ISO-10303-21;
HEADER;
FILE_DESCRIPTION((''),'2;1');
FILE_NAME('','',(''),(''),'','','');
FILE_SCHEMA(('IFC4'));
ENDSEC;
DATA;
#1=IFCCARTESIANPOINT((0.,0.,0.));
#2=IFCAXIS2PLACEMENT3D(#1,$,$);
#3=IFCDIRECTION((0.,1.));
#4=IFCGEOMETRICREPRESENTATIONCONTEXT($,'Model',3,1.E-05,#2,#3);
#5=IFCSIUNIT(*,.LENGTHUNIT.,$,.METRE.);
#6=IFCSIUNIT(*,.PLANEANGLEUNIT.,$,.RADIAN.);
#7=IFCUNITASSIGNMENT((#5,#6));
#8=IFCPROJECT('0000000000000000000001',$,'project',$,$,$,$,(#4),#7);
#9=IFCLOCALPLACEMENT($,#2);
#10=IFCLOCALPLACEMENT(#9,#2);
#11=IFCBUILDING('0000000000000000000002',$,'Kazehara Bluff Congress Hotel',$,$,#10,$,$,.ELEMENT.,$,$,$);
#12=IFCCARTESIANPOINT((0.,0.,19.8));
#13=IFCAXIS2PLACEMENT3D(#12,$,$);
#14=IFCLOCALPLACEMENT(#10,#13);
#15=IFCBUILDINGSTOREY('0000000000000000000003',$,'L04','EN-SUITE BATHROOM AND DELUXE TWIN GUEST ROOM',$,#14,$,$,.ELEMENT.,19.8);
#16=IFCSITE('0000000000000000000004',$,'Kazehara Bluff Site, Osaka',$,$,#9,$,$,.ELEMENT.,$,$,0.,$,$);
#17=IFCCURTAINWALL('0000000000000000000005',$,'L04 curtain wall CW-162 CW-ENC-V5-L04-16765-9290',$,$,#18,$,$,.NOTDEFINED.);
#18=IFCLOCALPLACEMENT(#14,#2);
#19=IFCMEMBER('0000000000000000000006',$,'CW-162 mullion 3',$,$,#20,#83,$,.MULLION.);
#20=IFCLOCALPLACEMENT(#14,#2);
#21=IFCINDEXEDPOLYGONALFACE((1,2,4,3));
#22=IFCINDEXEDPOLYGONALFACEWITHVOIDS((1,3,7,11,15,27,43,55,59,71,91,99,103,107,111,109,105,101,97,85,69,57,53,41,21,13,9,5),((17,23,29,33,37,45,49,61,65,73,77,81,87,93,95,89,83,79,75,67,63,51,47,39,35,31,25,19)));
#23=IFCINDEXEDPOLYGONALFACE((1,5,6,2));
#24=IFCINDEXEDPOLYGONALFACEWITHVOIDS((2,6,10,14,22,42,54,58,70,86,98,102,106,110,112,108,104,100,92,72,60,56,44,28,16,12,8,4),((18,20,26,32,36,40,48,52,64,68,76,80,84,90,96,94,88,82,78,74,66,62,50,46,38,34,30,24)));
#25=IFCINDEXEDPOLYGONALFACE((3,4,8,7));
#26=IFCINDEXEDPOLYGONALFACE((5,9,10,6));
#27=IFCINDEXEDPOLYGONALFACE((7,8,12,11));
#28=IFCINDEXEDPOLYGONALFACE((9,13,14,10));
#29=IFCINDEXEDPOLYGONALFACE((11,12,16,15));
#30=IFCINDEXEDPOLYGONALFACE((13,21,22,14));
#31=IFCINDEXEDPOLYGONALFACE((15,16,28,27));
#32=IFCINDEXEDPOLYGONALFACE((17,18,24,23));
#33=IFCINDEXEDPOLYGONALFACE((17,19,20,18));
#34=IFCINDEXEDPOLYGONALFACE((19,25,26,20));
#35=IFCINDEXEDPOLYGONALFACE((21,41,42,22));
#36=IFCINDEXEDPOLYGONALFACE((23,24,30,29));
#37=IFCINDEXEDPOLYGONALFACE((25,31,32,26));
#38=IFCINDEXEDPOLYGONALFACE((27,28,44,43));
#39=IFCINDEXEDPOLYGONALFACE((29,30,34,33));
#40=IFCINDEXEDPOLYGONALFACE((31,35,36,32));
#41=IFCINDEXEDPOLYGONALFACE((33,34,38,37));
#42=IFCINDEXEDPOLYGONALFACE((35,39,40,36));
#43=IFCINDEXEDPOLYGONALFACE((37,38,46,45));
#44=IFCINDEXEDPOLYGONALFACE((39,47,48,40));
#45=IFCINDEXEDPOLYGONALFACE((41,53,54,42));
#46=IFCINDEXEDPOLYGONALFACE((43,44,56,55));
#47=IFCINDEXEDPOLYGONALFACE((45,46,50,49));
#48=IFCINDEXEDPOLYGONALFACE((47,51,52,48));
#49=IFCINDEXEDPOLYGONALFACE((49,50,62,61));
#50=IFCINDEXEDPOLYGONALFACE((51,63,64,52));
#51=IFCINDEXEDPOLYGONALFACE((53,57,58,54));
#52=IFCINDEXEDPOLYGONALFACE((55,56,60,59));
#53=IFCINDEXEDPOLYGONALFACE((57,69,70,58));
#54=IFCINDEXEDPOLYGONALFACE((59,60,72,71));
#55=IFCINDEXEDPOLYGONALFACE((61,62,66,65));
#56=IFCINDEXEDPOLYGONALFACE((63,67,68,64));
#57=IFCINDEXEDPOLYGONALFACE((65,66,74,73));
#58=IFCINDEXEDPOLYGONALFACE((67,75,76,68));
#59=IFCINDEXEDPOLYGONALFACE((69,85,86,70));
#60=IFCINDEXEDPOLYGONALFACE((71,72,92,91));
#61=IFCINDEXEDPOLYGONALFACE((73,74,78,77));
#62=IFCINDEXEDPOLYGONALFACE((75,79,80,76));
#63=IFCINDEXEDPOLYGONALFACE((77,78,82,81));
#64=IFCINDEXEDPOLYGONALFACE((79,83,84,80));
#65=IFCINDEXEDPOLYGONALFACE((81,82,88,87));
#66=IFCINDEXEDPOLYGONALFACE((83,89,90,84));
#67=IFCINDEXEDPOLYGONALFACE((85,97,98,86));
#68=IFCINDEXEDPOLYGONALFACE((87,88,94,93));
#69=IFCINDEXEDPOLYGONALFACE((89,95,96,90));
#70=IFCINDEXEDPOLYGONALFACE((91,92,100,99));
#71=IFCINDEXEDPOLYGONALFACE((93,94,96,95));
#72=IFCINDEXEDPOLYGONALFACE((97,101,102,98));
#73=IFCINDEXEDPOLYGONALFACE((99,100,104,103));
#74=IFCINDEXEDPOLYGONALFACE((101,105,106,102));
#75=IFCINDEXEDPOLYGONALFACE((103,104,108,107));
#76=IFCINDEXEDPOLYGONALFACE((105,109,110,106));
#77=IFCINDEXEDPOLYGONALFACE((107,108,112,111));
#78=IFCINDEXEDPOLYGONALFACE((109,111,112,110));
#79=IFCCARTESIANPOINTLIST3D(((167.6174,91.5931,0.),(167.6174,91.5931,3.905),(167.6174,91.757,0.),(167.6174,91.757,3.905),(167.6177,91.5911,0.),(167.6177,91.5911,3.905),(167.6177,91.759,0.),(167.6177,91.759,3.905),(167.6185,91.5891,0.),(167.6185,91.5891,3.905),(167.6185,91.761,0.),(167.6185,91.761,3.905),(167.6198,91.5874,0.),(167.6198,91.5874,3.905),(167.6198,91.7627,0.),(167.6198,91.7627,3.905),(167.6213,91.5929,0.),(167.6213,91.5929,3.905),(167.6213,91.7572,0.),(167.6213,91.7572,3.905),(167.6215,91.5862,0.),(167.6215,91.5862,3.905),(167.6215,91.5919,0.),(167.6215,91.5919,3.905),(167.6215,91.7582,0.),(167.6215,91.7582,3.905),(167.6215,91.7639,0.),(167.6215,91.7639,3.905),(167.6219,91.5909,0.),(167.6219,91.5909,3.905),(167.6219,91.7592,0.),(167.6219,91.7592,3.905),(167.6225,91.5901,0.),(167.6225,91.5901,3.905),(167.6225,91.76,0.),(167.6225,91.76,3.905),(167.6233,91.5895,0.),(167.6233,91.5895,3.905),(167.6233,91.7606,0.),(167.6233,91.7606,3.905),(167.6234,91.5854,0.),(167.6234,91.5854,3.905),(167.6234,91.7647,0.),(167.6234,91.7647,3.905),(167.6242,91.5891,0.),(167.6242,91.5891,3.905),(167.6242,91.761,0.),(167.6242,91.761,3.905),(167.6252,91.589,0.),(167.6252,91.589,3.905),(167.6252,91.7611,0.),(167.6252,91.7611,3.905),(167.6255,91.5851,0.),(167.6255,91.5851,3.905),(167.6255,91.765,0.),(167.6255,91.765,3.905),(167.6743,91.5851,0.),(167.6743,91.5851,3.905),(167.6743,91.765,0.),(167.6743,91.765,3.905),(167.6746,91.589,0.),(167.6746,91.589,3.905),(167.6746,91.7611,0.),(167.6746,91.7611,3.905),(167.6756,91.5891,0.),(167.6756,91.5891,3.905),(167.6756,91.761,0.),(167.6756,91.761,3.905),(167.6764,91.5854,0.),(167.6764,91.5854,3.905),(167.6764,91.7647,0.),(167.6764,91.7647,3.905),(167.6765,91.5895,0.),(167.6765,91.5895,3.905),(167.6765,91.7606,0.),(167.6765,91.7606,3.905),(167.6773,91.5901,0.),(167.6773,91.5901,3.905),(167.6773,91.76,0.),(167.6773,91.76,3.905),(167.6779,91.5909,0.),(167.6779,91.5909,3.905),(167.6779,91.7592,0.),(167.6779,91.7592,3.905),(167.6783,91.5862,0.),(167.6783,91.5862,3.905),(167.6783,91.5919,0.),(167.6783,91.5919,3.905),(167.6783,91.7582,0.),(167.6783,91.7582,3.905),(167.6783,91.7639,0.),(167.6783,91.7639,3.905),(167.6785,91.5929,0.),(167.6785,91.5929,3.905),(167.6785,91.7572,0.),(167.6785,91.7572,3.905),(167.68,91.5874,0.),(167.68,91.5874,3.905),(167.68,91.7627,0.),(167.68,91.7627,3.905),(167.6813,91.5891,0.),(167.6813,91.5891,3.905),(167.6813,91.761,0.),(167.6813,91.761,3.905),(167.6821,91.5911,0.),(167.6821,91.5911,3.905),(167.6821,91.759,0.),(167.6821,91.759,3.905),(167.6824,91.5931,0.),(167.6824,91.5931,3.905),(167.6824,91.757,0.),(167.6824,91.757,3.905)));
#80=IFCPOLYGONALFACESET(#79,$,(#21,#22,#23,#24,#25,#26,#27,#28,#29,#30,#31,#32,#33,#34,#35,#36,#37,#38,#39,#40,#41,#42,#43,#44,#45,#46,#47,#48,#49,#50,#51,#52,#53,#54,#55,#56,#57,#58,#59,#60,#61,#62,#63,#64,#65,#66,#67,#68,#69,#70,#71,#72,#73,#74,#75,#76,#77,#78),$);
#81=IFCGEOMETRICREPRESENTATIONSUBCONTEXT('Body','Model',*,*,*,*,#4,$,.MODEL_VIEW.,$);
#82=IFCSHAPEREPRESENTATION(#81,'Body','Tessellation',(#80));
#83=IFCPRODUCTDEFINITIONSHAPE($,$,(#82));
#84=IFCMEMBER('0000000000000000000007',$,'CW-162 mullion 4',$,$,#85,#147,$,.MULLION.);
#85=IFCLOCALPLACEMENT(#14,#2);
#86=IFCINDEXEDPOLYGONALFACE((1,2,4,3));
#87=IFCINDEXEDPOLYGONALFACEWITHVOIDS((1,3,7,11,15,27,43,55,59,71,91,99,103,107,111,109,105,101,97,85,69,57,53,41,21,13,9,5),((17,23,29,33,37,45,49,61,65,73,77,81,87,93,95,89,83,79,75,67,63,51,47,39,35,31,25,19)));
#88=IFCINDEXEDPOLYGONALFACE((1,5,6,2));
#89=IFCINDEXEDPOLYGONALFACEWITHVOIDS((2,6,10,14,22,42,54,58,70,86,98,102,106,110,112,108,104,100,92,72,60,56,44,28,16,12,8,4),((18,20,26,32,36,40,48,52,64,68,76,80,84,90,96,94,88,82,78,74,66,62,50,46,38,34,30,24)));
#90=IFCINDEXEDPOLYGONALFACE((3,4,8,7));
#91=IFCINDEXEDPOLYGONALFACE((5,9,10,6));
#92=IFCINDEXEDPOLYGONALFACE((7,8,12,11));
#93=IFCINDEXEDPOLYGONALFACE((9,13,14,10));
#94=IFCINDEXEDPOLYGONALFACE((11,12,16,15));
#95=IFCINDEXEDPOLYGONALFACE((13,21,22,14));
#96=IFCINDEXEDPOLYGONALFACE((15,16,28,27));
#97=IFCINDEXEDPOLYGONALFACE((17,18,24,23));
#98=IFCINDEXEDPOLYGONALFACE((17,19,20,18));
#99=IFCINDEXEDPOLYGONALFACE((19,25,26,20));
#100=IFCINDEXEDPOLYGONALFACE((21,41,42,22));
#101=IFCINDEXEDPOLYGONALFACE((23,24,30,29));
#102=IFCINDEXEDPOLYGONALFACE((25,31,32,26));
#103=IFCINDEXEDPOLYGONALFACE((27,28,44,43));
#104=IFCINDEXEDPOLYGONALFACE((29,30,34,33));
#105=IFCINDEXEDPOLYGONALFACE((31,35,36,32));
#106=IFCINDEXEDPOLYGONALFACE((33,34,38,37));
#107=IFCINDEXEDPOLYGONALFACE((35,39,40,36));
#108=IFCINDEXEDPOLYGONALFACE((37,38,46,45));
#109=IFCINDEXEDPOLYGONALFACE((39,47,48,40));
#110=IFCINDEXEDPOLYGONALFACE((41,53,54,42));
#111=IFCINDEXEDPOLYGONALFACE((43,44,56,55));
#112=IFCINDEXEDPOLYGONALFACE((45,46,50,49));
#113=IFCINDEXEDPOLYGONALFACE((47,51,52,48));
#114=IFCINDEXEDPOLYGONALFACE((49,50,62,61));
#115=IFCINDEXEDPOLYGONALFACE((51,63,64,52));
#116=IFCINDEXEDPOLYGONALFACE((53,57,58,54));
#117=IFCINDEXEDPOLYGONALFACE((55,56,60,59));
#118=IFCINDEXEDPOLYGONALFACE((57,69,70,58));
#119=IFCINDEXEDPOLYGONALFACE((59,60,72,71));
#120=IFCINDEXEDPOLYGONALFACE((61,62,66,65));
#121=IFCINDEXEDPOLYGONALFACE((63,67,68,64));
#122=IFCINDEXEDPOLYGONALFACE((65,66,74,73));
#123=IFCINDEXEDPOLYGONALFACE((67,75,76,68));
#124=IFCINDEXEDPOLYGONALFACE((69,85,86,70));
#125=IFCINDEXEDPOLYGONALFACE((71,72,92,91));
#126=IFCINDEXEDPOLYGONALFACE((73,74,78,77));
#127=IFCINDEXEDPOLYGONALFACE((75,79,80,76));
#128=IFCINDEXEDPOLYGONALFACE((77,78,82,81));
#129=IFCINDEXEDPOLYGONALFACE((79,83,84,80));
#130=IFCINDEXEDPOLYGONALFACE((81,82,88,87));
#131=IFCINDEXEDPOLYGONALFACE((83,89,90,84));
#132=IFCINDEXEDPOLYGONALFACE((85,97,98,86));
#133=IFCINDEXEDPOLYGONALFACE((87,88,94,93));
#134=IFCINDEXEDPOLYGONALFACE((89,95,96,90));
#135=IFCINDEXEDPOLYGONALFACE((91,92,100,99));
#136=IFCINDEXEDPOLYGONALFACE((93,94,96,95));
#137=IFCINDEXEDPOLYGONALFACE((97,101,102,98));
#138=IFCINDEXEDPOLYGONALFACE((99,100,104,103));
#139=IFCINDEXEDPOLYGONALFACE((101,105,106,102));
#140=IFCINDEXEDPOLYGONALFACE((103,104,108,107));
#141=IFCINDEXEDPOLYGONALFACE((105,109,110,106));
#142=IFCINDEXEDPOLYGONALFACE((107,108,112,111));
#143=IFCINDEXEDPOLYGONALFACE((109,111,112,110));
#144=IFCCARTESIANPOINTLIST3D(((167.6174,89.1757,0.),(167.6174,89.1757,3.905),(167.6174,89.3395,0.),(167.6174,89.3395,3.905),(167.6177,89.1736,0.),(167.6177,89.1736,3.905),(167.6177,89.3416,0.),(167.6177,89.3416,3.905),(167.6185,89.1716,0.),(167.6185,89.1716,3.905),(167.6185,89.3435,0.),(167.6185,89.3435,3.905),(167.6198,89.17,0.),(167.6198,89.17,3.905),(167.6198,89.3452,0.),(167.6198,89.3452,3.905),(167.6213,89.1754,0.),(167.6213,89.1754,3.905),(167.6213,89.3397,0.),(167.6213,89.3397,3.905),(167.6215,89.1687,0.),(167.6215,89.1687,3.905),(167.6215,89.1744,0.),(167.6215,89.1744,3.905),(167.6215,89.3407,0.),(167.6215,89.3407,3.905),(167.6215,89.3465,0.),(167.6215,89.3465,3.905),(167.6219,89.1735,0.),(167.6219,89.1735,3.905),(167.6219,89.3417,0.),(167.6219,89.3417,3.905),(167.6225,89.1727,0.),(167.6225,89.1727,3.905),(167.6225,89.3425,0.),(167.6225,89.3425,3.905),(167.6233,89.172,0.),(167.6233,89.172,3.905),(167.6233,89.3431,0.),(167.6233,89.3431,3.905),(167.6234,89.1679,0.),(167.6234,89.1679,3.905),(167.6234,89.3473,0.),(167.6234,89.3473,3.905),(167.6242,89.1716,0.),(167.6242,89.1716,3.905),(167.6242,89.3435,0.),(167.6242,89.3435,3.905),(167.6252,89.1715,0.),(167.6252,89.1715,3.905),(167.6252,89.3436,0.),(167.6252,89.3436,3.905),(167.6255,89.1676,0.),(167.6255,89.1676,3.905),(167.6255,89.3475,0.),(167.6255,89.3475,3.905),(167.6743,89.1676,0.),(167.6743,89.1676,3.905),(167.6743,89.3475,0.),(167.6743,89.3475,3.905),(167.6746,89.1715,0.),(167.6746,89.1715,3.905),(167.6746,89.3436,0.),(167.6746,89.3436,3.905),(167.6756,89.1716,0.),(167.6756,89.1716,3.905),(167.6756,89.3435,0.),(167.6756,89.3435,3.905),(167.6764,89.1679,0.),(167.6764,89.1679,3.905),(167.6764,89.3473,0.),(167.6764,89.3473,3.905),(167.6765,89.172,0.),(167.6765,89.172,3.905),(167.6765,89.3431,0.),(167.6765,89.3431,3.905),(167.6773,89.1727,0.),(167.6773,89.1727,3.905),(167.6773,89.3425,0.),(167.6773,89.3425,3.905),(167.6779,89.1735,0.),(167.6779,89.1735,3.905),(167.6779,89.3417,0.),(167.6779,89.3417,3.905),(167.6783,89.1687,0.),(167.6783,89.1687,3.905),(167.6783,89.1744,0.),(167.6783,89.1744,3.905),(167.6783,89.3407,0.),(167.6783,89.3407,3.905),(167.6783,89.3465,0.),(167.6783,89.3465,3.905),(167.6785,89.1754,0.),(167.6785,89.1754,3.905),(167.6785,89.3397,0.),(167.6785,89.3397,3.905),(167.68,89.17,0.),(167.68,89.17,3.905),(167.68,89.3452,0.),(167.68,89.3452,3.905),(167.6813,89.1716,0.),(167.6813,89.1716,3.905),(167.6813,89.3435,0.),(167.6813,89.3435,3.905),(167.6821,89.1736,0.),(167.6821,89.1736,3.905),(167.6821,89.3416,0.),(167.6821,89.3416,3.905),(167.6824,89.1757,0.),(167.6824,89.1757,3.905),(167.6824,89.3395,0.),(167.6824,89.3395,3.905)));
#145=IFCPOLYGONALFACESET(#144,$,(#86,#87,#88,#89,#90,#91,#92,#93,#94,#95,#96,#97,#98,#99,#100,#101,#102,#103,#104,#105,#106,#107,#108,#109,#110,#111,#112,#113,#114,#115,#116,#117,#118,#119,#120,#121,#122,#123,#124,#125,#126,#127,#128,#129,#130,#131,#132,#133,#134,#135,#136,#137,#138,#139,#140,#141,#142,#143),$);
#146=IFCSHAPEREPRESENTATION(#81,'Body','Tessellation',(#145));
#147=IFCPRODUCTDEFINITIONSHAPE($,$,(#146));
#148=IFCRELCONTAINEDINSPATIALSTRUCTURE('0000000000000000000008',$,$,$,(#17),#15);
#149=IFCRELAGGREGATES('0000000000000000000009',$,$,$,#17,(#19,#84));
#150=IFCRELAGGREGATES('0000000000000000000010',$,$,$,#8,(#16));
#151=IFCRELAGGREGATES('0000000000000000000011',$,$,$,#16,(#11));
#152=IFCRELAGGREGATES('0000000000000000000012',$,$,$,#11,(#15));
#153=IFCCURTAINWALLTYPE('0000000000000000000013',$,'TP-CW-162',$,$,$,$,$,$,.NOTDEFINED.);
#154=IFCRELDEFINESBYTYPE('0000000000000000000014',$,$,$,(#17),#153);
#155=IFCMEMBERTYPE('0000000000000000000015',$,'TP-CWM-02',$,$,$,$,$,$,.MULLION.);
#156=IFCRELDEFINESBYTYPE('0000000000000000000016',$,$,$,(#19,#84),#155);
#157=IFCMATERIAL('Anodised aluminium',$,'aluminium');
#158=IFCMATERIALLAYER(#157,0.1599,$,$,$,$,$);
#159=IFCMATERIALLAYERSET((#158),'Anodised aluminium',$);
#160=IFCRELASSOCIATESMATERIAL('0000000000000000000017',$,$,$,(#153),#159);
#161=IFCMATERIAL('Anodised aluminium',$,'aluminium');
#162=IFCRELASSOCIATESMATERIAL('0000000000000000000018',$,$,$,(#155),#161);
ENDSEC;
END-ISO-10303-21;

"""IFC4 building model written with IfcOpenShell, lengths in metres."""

from ifc_helpers import new_model, si_unit, direction, frame, origin, origin_2d, place, context, subcontext, project, spatial, hollow_rectangle, extrude, material, layer, layer_set, material_profile, profile_set, type_object, element, aggregate, save


model = new_model("IFC4")

# Units and contexts
model_context = context("Model", 3, precision=1e-05, world=origin(), true_north=direction((0.0, 1.0)))
body_context = subcontext(model_context, "Body", "Model", "MODEL_VIEW")
ifc_project = project(units=[si_unit("LENGTHUNIT", "METRE"), si_unit("PLANEANGLEUNIT", "RADIAN")], contexts=[model_context])

# Site, building, storey
site_placement = place(None, origin())
site = spatial("IfcSite", under=ifc_project, at=site_placement, Name="Kazehara Bluff Site, Osaka", CompositionType="ELEMENT", RefElevation=0.0)
building_placement = place(site_placement, origin())
building = spatial("IfcBuilding", under=site, at=building_placement, Name="Kazehara Bluff Congress Hotel", CompositionType="ELEMENT")
storey_placement = place(building_placement, frame((0.0, 0.0, 19.8)))
storey = spatial("IfcBuildingStorey", under=building, at=storey_placement, Name="L04", Description="EN-SUITE BATHROOM AND DELUXE TWIN GUEST ROOM", CompositionType="ELEMENT", Elevation=19.8)

# Curtain wall, members
ifc_material_1 = material(Name="Anodised aluminium", Category="aluminium")
ifc_layer_1 = layer(ifc_material_1, 0.1599)
ifc_layer_set_1 = layer_set([ifc_layer_1], Name="Anodised aluminium")
curtain_wall_type_1 = type_object("IfcCurtainWallType", Name="TP-CW-162", PredefinedType="NOTDEFINED", material=ifc_layer_set_1)
ifc_material_2 = material(Name="Anodised aluminium", Category="aluminium")
ifc_material_profile_1 = material_profile(ifc_material_2, hollow_rectangle(XDim=0.0649, YDim=0.1799, WallThickness=0.0039, InnerFilletRadius=0.0039, OuterFilletRadius=0.0081, at=origin_2d()))
ifc_profile_set_1 = profile_set([ifc_material_profile_1], Name="Anodised aluminium")
member_type_1 = type_object("IfcMemberType", Name="TP-CWM-02", PredefinedType="MULLION", material=ifc_profile_set_1)
curtain_wall_1_placement = place(storey_placement, origin())
curtain_wall_1 = element("IfcCurtainWall", 1, at=curtain_wall_1_placement, inside=storey, type_object=curtain_wall_type_1, Name="L04 curtain wall CW-162 CW-ENC-V5-L04-16765-9290", PredefinedType="NOTDEFINED")
member_1_placement = place(storey_placement, frame((167.6499, 91.675, 0.0), z_axis=(0.0, 0.0, 1.0), x_axis=(1.0, 0.0, 0.0)))
member_1 = element("IfcMember", 2, at=member_1_placement, type_object=member_type_1, Name="CW-162 mullion 3", PredefinedType="MULLION", context=body_context, shape_type="SweptSolid", body=[
    extrude(hollow_rectangle(XDim=0.0649, YDim=0.1799, WallThickness=0.0039, InnerFilletRadius=0.0039, OuterFilletRadius=0.0081, at=origin_2d()), origin(), (0.0, 0.0, 1.0), 3.905),
])
member_2_placement = place(storey_placement, frame((167.6499, 89.2576, 0.0), z_axis=(0.0, 0.0, 1.0), x_axis=(1.0, 0.0, 0.0)))
member_2 = element("IfcMember", 3, at=member_2_placement, type_object=member_type_1, Name="CW-162 mullion 4", PredefinedType="MULLION", context=body_context, shape_type="SweptSolid", body=[
    extrude(hollow_rectangle(XDim=0.0649, YDim=0.1799, WallThickness=0.0039, InnerFilletRadius=0.0039, OuterFilletRadius=0.0081, at=origin_2d()), origin(), (0.0, 0.0, 1.0), 3.905),
])

aggregate(curtain_wall_1, [member_1, member_2])

save(model, "model.ifc")
